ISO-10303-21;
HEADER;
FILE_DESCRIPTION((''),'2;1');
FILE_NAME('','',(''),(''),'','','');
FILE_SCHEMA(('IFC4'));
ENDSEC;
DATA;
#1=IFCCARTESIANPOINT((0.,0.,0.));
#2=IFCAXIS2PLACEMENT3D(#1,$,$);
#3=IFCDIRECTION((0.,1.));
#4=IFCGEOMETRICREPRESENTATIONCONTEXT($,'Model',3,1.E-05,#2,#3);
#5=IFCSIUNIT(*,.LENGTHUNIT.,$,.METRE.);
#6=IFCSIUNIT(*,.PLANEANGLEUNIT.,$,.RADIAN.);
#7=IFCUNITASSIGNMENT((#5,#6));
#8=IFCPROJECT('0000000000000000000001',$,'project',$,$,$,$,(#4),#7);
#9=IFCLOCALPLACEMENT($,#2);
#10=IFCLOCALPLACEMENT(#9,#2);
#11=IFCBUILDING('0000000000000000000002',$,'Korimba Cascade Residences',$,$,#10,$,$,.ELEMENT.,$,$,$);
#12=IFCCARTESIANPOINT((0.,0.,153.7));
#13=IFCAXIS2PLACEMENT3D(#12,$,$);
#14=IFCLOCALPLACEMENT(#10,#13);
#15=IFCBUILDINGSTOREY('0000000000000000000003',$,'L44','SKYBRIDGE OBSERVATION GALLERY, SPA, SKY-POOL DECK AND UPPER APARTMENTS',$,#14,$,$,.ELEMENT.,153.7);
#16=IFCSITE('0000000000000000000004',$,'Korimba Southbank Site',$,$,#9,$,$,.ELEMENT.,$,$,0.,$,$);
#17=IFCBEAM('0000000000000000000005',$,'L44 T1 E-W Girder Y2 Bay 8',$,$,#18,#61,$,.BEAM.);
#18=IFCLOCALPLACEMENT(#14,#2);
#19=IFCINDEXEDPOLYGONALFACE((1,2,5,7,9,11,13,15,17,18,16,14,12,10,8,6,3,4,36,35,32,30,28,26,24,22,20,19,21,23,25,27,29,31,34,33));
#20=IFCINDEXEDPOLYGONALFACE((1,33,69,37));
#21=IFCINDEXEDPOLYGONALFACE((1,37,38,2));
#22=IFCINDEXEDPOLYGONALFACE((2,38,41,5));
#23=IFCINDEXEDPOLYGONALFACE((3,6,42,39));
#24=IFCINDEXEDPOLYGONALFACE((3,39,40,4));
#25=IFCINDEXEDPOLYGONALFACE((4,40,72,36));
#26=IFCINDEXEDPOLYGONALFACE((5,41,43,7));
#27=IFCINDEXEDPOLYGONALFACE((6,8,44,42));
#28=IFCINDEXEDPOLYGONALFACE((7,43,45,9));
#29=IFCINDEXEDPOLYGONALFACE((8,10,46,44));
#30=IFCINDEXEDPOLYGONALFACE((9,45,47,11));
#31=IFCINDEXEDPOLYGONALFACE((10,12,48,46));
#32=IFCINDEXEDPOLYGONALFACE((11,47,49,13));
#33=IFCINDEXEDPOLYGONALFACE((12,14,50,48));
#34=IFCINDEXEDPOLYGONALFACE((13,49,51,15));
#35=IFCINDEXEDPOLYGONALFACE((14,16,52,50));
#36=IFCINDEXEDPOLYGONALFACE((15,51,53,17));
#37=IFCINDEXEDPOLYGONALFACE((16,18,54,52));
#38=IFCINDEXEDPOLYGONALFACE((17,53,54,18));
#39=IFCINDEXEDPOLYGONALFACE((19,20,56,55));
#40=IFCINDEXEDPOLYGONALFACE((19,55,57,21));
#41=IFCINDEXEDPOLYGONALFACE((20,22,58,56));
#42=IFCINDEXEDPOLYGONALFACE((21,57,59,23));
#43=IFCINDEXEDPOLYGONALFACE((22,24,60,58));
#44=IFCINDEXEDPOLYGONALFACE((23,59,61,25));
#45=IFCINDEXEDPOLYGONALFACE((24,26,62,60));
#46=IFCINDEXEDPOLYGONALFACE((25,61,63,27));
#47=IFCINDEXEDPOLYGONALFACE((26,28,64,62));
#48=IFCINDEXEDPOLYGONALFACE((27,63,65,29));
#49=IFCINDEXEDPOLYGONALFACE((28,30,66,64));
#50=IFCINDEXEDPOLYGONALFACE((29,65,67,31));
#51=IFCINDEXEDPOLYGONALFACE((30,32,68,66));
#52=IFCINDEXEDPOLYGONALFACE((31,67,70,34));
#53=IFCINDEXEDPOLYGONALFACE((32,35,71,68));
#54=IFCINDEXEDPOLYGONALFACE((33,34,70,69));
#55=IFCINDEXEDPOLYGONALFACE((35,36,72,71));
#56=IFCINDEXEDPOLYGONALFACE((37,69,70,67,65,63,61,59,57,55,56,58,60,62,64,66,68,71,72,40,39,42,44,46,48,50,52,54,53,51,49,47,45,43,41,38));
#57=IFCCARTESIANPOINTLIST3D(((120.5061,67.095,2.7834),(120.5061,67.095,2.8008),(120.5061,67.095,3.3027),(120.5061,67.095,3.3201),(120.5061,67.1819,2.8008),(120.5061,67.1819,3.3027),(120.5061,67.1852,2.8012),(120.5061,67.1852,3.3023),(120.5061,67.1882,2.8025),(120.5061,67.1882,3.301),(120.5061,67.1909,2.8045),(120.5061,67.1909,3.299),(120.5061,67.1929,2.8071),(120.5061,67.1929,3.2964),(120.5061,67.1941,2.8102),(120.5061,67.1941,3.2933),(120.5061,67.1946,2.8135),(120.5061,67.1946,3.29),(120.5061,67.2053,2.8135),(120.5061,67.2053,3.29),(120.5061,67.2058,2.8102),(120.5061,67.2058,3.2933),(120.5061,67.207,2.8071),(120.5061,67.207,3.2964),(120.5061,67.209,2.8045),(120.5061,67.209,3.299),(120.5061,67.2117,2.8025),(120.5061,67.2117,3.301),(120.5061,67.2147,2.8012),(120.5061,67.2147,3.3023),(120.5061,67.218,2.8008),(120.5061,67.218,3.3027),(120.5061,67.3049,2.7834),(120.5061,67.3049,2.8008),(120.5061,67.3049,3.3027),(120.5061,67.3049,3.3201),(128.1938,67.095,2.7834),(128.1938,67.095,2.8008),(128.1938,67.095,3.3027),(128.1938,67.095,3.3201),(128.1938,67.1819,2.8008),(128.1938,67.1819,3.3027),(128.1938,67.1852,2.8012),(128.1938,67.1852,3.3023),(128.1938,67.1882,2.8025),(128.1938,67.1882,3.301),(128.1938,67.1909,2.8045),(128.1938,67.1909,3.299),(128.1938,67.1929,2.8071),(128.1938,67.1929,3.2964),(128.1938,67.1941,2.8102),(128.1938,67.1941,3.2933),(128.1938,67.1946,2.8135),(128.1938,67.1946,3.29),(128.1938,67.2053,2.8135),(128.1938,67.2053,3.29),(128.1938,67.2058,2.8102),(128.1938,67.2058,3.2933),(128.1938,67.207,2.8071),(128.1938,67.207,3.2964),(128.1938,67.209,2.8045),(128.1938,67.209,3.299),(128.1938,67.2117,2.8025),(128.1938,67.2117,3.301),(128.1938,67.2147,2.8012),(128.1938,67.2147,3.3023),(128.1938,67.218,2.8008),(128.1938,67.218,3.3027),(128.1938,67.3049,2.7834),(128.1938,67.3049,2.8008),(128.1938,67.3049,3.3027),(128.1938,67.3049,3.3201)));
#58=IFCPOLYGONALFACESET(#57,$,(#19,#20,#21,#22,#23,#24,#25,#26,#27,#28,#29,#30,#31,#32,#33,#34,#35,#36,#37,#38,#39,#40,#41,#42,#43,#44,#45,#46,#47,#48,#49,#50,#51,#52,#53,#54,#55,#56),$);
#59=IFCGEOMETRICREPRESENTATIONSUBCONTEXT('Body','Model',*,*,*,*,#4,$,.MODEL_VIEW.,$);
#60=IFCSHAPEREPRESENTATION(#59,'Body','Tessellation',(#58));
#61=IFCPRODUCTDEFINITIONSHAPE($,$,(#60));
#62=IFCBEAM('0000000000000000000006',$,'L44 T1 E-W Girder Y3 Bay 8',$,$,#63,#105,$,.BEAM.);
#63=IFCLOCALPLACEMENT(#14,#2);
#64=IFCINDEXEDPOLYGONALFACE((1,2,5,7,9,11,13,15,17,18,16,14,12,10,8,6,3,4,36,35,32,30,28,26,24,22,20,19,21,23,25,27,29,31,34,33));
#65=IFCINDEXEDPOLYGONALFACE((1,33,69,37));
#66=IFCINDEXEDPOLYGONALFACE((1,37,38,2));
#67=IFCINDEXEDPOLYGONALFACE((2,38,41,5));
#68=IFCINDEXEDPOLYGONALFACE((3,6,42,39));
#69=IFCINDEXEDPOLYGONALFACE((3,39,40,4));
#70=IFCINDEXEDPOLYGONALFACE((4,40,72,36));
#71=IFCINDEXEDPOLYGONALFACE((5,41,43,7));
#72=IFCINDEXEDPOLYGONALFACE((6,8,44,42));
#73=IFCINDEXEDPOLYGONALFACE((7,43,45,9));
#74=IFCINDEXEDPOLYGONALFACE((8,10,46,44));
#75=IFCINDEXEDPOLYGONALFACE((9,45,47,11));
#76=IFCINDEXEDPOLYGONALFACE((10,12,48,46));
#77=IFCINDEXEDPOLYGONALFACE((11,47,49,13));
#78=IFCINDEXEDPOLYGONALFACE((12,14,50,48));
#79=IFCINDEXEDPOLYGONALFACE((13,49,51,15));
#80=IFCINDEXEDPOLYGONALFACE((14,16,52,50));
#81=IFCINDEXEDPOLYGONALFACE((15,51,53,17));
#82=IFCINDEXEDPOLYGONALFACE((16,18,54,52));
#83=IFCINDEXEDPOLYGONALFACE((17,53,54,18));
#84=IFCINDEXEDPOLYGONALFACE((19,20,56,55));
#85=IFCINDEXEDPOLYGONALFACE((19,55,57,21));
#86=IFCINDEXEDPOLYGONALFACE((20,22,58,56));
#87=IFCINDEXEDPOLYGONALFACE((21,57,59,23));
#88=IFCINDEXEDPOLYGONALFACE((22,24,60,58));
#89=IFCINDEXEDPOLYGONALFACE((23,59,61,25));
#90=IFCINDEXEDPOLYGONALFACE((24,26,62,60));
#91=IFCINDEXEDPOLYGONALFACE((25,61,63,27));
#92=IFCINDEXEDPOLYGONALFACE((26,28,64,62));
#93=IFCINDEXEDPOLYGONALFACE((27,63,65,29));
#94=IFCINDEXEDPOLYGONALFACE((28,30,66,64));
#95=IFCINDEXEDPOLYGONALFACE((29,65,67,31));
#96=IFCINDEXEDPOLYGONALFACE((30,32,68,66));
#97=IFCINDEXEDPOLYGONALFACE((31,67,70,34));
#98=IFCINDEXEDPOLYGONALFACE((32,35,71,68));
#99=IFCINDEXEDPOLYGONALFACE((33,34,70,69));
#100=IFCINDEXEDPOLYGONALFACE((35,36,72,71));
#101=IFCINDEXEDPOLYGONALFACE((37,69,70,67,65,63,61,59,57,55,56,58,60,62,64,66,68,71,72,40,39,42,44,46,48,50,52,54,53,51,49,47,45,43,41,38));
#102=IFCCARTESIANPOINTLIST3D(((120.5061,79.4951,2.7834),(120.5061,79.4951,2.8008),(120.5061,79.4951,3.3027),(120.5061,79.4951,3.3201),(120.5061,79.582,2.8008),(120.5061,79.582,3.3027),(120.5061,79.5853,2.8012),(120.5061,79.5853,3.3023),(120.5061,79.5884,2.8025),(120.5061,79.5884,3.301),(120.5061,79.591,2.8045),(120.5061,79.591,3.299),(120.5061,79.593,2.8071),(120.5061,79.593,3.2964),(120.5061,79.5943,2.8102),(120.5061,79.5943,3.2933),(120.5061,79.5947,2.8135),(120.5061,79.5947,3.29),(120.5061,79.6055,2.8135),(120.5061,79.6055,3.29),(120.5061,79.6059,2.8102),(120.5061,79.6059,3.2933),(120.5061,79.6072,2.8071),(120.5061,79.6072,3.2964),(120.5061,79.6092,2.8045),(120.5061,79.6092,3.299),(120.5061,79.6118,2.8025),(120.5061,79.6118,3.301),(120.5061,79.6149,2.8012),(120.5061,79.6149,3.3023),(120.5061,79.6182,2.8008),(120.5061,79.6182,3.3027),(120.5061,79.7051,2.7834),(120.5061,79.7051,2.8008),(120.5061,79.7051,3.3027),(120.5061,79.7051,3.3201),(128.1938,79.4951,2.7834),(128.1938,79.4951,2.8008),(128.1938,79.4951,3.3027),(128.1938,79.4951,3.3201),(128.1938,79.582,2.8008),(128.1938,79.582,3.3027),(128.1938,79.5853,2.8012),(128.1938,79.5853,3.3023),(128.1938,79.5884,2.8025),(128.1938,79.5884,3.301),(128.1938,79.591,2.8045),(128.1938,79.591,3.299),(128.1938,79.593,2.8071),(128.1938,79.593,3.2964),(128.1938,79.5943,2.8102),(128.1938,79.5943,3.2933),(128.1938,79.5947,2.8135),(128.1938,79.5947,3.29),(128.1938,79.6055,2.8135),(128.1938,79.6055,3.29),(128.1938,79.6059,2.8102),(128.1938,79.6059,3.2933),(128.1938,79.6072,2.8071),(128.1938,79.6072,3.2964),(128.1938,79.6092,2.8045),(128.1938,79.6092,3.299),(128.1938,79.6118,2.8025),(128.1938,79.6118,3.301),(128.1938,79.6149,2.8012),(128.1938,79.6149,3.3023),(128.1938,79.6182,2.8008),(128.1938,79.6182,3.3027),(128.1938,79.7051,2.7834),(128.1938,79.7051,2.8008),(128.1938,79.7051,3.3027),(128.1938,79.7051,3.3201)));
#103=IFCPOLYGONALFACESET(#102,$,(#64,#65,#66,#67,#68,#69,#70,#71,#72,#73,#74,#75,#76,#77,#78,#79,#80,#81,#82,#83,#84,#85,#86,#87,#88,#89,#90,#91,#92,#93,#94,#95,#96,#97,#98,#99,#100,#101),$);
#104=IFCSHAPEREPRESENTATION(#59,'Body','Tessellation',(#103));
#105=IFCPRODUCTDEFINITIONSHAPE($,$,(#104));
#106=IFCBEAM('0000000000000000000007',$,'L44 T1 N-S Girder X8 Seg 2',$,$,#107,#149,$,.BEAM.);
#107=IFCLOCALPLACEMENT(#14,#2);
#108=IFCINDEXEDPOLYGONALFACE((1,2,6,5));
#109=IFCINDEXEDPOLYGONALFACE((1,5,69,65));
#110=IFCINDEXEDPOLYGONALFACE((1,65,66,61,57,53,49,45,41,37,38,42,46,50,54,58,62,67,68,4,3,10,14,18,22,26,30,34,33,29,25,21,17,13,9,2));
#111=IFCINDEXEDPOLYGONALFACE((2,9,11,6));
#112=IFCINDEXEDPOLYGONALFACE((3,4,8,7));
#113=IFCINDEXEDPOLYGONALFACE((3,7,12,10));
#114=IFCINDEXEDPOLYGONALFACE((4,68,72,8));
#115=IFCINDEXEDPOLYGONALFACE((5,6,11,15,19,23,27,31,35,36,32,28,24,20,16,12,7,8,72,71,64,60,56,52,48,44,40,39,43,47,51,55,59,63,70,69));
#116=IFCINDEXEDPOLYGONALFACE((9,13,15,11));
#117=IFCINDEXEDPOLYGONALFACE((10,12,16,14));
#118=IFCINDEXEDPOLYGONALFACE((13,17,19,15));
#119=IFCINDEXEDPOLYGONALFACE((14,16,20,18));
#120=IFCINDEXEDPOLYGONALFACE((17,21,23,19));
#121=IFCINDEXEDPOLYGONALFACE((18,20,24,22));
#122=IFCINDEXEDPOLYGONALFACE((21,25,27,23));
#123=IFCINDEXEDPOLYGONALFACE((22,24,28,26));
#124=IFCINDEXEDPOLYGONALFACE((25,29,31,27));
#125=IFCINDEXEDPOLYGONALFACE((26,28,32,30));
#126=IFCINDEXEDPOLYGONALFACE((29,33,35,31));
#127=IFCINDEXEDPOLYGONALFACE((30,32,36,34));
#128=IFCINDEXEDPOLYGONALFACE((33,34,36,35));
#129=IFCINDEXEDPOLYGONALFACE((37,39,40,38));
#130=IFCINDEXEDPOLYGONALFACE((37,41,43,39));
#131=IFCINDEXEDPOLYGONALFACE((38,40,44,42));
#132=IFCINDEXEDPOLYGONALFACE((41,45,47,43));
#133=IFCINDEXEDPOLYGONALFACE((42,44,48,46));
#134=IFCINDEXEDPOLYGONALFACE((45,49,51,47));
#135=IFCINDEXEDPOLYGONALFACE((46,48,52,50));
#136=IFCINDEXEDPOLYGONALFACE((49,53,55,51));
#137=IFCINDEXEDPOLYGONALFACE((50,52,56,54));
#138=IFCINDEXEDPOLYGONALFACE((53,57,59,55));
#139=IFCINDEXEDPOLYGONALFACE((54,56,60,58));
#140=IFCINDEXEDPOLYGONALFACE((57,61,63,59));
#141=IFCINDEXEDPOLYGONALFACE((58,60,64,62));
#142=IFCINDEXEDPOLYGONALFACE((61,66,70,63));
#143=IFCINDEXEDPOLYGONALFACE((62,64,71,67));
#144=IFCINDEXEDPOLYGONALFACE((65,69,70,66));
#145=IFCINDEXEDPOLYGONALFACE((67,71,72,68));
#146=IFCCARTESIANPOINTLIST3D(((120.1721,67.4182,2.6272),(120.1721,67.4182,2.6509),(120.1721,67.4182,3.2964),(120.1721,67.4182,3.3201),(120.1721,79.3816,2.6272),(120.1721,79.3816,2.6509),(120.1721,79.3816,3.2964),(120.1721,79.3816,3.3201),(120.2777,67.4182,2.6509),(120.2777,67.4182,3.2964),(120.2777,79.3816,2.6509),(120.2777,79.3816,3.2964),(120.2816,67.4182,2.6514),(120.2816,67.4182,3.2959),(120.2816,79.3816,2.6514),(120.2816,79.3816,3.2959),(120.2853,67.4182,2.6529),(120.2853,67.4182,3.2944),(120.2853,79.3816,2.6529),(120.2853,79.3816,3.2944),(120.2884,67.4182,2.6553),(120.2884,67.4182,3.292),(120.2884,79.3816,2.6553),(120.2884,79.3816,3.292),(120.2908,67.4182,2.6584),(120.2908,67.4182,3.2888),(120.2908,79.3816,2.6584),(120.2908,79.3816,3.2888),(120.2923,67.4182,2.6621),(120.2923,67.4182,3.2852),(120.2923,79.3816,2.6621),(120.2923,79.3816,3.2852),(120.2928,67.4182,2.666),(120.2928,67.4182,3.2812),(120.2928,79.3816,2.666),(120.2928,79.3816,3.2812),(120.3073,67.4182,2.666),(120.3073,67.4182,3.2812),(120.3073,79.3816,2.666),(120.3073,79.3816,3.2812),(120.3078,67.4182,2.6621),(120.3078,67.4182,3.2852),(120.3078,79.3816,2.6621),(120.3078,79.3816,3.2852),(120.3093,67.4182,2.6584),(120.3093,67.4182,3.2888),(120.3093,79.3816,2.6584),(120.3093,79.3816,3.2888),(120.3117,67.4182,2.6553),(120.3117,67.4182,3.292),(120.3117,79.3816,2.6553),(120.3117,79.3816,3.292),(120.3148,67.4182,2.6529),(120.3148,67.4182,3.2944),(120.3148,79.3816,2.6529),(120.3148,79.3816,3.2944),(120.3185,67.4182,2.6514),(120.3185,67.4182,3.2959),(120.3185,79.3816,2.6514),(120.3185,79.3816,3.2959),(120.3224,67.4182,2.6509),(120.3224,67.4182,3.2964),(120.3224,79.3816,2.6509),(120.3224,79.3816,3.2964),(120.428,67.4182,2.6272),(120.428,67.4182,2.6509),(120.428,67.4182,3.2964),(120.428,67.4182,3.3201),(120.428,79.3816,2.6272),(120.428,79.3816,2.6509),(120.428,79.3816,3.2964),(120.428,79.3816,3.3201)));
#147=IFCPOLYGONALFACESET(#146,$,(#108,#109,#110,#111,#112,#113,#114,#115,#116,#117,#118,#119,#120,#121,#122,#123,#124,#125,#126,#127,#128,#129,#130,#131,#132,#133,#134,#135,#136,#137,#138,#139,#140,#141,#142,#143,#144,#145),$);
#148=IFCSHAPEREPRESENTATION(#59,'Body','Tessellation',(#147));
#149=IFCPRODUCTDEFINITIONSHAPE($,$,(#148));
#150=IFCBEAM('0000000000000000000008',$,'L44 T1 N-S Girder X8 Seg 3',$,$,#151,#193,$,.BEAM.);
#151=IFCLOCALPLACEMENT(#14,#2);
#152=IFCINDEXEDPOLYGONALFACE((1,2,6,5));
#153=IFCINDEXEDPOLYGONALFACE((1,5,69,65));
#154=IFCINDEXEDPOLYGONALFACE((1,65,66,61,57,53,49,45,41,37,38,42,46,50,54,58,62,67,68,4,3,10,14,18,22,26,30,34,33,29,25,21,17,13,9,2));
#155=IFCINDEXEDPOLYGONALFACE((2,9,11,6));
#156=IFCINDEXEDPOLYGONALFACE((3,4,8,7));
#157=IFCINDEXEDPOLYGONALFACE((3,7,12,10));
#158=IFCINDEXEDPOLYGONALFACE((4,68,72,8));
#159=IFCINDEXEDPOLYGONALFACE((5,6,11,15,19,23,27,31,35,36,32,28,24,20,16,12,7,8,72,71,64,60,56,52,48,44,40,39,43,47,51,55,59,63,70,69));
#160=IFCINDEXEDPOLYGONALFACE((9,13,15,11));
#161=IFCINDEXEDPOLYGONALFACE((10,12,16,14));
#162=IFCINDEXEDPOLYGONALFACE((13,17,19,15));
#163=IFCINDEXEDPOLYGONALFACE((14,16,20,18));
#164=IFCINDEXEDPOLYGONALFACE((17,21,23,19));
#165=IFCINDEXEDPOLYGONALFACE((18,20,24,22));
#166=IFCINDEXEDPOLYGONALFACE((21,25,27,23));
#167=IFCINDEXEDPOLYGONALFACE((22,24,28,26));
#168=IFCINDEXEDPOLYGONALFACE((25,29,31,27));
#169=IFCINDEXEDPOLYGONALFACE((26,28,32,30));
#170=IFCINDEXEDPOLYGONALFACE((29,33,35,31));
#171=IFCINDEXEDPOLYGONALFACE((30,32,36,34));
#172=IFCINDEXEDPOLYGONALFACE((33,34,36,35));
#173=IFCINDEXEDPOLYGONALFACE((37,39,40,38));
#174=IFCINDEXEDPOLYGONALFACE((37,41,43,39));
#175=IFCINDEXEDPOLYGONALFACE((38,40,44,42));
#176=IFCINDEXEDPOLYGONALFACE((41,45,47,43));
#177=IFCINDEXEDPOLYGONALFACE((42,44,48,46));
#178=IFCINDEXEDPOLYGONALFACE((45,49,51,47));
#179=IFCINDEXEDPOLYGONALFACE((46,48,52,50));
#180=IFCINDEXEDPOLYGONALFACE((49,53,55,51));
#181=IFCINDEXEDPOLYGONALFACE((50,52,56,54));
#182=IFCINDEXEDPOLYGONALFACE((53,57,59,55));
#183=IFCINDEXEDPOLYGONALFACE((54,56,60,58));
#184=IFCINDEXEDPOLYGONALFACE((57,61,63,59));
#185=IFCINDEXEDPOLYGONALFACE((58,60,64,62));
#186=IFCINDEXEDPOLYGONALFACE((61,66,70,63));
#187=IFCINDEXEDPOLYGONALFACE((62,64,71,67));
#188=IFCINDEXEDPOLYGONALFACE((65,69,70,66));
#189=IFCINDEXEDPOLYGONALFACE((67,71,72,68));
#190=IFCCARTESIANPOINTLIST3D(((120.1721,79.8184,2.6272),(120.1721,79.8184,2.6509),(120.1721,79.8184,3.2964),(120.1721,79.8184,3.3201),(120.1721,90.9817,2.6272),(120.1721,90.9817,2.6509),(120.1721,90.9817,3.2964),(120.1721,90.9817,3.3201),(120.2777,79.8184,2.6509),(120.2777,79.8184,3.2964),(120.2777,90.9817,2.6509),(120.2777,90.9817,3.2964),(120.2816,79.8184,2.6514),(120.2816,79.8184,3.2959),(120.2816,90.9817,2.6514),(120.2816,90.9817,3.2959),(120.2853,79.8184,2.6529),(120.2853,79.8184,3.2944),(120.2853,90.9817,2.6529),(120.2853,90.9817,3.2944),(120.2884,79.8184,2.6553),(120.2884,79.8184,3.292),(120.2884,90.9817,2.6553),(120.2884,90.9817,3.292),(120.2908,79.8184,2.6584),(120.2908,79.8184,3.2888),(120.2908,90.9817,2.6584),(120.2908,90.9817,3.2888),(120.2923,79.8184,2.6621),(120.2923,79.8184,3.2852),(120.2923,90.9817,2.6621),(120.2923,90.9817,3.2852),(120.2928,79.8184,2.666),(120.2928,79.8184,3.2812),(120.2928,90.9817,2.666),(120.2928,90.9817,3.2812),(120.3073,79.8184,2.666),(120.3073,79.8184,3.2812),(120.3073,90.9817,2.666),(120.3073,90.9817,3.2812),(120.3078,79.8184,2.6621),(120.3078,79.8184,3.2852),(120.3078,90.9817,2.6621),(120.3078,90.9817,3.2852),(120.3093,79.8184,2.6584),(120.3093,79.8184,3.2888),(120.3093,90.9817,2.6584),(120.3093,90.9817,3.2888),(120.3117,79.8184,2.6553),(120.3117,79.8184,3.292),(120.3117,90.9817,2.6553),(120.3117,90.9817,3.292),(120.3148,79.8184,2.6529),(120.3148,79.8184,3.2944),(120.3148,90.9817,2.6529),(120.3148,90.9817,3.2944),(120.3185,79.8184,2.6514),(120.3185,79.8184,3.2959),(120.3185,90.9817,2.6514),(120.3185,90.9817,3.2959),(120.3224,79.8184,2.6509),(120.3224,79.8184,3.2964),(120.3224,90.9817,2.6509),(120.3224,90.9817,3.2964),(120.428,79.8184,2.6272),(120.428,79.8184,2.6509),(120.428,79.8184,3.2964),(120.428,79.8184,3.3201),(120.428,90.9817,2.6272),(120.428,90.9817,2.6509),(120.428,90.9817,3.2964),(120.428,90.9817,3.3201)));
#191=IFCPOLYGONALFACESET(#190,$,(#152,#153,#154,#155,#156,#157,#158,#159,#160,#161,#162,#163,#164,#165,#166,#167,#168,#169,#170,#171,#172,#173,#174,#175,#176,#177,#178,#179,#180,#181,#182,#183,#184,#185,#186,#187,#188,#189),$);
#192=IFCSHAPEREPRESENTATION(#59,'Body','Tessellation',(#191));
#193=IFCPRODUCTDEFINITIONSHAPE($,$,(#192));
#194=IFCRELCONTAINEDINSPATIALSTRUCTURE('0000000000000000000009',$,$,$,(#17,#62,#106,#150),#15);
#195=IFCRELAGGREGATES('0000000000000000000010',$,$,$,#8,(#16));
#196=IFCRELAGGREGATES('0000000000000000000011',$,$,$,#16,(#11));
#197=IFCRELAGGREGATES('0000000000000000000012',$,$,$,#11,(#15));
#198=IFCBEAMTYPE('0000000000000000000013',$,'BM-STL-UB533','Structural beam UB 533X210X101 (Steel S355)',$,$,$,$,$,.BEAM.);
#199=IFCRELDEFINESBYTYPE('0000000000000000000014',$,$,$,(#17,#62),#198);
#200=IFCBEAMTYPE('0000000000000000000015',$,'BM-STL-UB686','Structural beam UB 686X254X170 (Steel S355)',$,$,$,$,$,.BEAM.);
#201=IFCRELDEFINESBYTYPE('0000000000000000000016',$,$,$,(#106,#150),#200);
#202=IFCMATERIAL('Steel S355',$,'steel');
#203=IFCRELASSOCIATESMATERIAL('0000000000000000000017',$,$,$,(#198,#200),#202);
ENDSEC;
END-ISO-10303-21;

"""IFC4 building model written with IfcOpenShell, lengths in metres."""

from ifc_helpers import new_model, si_unit, direction, frame, origin, origin_2d, place, context, subcontext, project, spatial, i_section, extrude, material, material_profile, profile_set, type_object, element, save


model = new_model("IFC4")

# Units and contexts
model_context = context("Model", 3, precision=1e-05, world=origin(), true_north=direction((0.0, 1.0)))
body_context = subcontext(model_context, "Body", "Model", "MODEL_VIEW")
ifc_project = project(units=[si_unit("LENGTHUNIT", "METRE"), si_unit("PLANEANGLEUNIT", "RADIAN")], contexts=[model_context])

# Site, building, storey
site_placement = place(None, origin())
site = spatial("IfcSite", under=ifc_project, at=site_placement, Name="Korimba Southbank Site", CompositionType="ELEMENT", RefElevation=0.0)
building_placement = place(site_placement, origin())
building = spatial("IfcBuilding", under=site, at=building_placement, Name="Korimba Cascade Residences", CompositionType="ELEMENT")
storey_placement = place(building_placement, frame((0.0, 0.0, 153.7)))
storey = spatial("IfcBuildingStorey", under=building, at=storey_placement, Name="L44", Description="SKYBRIDGE OBSERVATION GALLERY, SPA, SKY-POOL DECK AND UPPER APARTMENTS", CompositionType="ELEMENT", Elevation=153.7)

# Beams
ifc_material_1 = material(Name="Steel S355", Category="steel")
ifc_material_profile_1 = material_profile(ifc_material_1, i_section(OverallWidth=0.21, OverallDepth=0.5366, WebThickness=0.0107, FlangeThickness=0.0173, FilletRadius=0.0127, at=origin_2d()), Name="Steel S355")
ifc_profile_set_1 = profile_set([ifc_material_profile_1], Name="Steel S355")
beam_type_1 = type_object("IfcBeamType", Name="BM-STL-UB533", Description="Structural beam UB 533X210X101 (Steel S355)", PredefinedType="BEAM", material=ifc_profile_set_1)
for number, where, z_axis, x_axis, name in (
    (1, (120.5061, 67.2, 3.0518), (1.0, 0.0, 0.0), (0.0, 1.0, 0.0), "L44 T1 E-W Girder Y2 Bay 8"),
    (2, (120.5061, 79.6001, 3.0518), (1.0, 0.0, 0.0), (0.0, 1.0, 0.0), "L44 T1 E-W Girder Y3 Bay 8"),
):
    element("IfcBeam", number, at=place(storey_placement, frame(where, z_axis=z_axis, x_axis=x_axis)), inside=storey, type_object=beam_type_1, Name=name, PredefinedType="BEAM", context=body_context, shape_type="SweptSolid", body=[
        extrude(i_section(OverallWidth=0.21, OverallDepth=0.5366, WebThickness=0.0107, FlangeThickness=0.0173, FilletRadius=0.0127, at=origin_2d()), origin(), (0.0, 0.0, 1.0), 7.6877),
    ])
ifc_material_profile_2 = material_profile(ifc_material_1, i_section(OverallWidth=0.2559, OverallDepth=0.6929, WebThickness=0.0144, FlangeThickness=0.0237, FilletRadius=0.0151, at=origin_2d()), Name="Steel S355")
ifc_profile_set_2 = profile_set([ifc_material_profile_2], Name="Steel S355")
beam_type_2 = type_object("IfcBeamType", Name="BM-STL-UB686", Description="Structural beam UB 686X254X170 (Steel S355)", PredefinedType="BEAM", material=ifc_profile_set_2)
beam_1_placement = place(storey_placement, frame((120.3, 67.4182, 2.9736), z_axis=(0.0, 1.0, 0.0), x_axis=(-1.0, 0.0, 0.0)))
element("IfcBeam", 3, at=beam_1_placement, inside=storey, type_object=beam_type_2, Name="L44 T1 N-S Girder X8 Seg 2", PredefinedType="BEAM", context=body_context, shape_type="SweptSolid", body=[
    extrude(i_section(OverallWidth=0.2559, OverallDepth=0.6929, WebThickness=0.0144, FlangeThickness=0.0237, FilletRadius=0.0151, at=origin_2d()), origin(), (0.0, 0.0, 1.0), 11.9634),
])
beam_2_placement = place(storey_placement, frame((120.3, 79.8184, 2.9736), z_axis=(0.0, 1.0, 0.0), x_axis=(-1.0, 0.0, 0.0)))
element("IfcBeam", 4, at=beam_2_placement, inside=storey, type_object=beam_type_2, Name="L44 T1 N-S Girder X8 Seg 3", PredefinedType="BEAM", context=body_context, shape_type="SweptSolid", body=[
    extrude(i_section(OverallWidth=0.2559, OverallDepth=0.6929, WebThickness=0.0144, FlangeThickness=0.0237, FilletRadius=0.0151, at=origin_2d()), origin(), (0.0, 0.0, 1.0), 11.1633),
])

save(model, "model.ifc")
